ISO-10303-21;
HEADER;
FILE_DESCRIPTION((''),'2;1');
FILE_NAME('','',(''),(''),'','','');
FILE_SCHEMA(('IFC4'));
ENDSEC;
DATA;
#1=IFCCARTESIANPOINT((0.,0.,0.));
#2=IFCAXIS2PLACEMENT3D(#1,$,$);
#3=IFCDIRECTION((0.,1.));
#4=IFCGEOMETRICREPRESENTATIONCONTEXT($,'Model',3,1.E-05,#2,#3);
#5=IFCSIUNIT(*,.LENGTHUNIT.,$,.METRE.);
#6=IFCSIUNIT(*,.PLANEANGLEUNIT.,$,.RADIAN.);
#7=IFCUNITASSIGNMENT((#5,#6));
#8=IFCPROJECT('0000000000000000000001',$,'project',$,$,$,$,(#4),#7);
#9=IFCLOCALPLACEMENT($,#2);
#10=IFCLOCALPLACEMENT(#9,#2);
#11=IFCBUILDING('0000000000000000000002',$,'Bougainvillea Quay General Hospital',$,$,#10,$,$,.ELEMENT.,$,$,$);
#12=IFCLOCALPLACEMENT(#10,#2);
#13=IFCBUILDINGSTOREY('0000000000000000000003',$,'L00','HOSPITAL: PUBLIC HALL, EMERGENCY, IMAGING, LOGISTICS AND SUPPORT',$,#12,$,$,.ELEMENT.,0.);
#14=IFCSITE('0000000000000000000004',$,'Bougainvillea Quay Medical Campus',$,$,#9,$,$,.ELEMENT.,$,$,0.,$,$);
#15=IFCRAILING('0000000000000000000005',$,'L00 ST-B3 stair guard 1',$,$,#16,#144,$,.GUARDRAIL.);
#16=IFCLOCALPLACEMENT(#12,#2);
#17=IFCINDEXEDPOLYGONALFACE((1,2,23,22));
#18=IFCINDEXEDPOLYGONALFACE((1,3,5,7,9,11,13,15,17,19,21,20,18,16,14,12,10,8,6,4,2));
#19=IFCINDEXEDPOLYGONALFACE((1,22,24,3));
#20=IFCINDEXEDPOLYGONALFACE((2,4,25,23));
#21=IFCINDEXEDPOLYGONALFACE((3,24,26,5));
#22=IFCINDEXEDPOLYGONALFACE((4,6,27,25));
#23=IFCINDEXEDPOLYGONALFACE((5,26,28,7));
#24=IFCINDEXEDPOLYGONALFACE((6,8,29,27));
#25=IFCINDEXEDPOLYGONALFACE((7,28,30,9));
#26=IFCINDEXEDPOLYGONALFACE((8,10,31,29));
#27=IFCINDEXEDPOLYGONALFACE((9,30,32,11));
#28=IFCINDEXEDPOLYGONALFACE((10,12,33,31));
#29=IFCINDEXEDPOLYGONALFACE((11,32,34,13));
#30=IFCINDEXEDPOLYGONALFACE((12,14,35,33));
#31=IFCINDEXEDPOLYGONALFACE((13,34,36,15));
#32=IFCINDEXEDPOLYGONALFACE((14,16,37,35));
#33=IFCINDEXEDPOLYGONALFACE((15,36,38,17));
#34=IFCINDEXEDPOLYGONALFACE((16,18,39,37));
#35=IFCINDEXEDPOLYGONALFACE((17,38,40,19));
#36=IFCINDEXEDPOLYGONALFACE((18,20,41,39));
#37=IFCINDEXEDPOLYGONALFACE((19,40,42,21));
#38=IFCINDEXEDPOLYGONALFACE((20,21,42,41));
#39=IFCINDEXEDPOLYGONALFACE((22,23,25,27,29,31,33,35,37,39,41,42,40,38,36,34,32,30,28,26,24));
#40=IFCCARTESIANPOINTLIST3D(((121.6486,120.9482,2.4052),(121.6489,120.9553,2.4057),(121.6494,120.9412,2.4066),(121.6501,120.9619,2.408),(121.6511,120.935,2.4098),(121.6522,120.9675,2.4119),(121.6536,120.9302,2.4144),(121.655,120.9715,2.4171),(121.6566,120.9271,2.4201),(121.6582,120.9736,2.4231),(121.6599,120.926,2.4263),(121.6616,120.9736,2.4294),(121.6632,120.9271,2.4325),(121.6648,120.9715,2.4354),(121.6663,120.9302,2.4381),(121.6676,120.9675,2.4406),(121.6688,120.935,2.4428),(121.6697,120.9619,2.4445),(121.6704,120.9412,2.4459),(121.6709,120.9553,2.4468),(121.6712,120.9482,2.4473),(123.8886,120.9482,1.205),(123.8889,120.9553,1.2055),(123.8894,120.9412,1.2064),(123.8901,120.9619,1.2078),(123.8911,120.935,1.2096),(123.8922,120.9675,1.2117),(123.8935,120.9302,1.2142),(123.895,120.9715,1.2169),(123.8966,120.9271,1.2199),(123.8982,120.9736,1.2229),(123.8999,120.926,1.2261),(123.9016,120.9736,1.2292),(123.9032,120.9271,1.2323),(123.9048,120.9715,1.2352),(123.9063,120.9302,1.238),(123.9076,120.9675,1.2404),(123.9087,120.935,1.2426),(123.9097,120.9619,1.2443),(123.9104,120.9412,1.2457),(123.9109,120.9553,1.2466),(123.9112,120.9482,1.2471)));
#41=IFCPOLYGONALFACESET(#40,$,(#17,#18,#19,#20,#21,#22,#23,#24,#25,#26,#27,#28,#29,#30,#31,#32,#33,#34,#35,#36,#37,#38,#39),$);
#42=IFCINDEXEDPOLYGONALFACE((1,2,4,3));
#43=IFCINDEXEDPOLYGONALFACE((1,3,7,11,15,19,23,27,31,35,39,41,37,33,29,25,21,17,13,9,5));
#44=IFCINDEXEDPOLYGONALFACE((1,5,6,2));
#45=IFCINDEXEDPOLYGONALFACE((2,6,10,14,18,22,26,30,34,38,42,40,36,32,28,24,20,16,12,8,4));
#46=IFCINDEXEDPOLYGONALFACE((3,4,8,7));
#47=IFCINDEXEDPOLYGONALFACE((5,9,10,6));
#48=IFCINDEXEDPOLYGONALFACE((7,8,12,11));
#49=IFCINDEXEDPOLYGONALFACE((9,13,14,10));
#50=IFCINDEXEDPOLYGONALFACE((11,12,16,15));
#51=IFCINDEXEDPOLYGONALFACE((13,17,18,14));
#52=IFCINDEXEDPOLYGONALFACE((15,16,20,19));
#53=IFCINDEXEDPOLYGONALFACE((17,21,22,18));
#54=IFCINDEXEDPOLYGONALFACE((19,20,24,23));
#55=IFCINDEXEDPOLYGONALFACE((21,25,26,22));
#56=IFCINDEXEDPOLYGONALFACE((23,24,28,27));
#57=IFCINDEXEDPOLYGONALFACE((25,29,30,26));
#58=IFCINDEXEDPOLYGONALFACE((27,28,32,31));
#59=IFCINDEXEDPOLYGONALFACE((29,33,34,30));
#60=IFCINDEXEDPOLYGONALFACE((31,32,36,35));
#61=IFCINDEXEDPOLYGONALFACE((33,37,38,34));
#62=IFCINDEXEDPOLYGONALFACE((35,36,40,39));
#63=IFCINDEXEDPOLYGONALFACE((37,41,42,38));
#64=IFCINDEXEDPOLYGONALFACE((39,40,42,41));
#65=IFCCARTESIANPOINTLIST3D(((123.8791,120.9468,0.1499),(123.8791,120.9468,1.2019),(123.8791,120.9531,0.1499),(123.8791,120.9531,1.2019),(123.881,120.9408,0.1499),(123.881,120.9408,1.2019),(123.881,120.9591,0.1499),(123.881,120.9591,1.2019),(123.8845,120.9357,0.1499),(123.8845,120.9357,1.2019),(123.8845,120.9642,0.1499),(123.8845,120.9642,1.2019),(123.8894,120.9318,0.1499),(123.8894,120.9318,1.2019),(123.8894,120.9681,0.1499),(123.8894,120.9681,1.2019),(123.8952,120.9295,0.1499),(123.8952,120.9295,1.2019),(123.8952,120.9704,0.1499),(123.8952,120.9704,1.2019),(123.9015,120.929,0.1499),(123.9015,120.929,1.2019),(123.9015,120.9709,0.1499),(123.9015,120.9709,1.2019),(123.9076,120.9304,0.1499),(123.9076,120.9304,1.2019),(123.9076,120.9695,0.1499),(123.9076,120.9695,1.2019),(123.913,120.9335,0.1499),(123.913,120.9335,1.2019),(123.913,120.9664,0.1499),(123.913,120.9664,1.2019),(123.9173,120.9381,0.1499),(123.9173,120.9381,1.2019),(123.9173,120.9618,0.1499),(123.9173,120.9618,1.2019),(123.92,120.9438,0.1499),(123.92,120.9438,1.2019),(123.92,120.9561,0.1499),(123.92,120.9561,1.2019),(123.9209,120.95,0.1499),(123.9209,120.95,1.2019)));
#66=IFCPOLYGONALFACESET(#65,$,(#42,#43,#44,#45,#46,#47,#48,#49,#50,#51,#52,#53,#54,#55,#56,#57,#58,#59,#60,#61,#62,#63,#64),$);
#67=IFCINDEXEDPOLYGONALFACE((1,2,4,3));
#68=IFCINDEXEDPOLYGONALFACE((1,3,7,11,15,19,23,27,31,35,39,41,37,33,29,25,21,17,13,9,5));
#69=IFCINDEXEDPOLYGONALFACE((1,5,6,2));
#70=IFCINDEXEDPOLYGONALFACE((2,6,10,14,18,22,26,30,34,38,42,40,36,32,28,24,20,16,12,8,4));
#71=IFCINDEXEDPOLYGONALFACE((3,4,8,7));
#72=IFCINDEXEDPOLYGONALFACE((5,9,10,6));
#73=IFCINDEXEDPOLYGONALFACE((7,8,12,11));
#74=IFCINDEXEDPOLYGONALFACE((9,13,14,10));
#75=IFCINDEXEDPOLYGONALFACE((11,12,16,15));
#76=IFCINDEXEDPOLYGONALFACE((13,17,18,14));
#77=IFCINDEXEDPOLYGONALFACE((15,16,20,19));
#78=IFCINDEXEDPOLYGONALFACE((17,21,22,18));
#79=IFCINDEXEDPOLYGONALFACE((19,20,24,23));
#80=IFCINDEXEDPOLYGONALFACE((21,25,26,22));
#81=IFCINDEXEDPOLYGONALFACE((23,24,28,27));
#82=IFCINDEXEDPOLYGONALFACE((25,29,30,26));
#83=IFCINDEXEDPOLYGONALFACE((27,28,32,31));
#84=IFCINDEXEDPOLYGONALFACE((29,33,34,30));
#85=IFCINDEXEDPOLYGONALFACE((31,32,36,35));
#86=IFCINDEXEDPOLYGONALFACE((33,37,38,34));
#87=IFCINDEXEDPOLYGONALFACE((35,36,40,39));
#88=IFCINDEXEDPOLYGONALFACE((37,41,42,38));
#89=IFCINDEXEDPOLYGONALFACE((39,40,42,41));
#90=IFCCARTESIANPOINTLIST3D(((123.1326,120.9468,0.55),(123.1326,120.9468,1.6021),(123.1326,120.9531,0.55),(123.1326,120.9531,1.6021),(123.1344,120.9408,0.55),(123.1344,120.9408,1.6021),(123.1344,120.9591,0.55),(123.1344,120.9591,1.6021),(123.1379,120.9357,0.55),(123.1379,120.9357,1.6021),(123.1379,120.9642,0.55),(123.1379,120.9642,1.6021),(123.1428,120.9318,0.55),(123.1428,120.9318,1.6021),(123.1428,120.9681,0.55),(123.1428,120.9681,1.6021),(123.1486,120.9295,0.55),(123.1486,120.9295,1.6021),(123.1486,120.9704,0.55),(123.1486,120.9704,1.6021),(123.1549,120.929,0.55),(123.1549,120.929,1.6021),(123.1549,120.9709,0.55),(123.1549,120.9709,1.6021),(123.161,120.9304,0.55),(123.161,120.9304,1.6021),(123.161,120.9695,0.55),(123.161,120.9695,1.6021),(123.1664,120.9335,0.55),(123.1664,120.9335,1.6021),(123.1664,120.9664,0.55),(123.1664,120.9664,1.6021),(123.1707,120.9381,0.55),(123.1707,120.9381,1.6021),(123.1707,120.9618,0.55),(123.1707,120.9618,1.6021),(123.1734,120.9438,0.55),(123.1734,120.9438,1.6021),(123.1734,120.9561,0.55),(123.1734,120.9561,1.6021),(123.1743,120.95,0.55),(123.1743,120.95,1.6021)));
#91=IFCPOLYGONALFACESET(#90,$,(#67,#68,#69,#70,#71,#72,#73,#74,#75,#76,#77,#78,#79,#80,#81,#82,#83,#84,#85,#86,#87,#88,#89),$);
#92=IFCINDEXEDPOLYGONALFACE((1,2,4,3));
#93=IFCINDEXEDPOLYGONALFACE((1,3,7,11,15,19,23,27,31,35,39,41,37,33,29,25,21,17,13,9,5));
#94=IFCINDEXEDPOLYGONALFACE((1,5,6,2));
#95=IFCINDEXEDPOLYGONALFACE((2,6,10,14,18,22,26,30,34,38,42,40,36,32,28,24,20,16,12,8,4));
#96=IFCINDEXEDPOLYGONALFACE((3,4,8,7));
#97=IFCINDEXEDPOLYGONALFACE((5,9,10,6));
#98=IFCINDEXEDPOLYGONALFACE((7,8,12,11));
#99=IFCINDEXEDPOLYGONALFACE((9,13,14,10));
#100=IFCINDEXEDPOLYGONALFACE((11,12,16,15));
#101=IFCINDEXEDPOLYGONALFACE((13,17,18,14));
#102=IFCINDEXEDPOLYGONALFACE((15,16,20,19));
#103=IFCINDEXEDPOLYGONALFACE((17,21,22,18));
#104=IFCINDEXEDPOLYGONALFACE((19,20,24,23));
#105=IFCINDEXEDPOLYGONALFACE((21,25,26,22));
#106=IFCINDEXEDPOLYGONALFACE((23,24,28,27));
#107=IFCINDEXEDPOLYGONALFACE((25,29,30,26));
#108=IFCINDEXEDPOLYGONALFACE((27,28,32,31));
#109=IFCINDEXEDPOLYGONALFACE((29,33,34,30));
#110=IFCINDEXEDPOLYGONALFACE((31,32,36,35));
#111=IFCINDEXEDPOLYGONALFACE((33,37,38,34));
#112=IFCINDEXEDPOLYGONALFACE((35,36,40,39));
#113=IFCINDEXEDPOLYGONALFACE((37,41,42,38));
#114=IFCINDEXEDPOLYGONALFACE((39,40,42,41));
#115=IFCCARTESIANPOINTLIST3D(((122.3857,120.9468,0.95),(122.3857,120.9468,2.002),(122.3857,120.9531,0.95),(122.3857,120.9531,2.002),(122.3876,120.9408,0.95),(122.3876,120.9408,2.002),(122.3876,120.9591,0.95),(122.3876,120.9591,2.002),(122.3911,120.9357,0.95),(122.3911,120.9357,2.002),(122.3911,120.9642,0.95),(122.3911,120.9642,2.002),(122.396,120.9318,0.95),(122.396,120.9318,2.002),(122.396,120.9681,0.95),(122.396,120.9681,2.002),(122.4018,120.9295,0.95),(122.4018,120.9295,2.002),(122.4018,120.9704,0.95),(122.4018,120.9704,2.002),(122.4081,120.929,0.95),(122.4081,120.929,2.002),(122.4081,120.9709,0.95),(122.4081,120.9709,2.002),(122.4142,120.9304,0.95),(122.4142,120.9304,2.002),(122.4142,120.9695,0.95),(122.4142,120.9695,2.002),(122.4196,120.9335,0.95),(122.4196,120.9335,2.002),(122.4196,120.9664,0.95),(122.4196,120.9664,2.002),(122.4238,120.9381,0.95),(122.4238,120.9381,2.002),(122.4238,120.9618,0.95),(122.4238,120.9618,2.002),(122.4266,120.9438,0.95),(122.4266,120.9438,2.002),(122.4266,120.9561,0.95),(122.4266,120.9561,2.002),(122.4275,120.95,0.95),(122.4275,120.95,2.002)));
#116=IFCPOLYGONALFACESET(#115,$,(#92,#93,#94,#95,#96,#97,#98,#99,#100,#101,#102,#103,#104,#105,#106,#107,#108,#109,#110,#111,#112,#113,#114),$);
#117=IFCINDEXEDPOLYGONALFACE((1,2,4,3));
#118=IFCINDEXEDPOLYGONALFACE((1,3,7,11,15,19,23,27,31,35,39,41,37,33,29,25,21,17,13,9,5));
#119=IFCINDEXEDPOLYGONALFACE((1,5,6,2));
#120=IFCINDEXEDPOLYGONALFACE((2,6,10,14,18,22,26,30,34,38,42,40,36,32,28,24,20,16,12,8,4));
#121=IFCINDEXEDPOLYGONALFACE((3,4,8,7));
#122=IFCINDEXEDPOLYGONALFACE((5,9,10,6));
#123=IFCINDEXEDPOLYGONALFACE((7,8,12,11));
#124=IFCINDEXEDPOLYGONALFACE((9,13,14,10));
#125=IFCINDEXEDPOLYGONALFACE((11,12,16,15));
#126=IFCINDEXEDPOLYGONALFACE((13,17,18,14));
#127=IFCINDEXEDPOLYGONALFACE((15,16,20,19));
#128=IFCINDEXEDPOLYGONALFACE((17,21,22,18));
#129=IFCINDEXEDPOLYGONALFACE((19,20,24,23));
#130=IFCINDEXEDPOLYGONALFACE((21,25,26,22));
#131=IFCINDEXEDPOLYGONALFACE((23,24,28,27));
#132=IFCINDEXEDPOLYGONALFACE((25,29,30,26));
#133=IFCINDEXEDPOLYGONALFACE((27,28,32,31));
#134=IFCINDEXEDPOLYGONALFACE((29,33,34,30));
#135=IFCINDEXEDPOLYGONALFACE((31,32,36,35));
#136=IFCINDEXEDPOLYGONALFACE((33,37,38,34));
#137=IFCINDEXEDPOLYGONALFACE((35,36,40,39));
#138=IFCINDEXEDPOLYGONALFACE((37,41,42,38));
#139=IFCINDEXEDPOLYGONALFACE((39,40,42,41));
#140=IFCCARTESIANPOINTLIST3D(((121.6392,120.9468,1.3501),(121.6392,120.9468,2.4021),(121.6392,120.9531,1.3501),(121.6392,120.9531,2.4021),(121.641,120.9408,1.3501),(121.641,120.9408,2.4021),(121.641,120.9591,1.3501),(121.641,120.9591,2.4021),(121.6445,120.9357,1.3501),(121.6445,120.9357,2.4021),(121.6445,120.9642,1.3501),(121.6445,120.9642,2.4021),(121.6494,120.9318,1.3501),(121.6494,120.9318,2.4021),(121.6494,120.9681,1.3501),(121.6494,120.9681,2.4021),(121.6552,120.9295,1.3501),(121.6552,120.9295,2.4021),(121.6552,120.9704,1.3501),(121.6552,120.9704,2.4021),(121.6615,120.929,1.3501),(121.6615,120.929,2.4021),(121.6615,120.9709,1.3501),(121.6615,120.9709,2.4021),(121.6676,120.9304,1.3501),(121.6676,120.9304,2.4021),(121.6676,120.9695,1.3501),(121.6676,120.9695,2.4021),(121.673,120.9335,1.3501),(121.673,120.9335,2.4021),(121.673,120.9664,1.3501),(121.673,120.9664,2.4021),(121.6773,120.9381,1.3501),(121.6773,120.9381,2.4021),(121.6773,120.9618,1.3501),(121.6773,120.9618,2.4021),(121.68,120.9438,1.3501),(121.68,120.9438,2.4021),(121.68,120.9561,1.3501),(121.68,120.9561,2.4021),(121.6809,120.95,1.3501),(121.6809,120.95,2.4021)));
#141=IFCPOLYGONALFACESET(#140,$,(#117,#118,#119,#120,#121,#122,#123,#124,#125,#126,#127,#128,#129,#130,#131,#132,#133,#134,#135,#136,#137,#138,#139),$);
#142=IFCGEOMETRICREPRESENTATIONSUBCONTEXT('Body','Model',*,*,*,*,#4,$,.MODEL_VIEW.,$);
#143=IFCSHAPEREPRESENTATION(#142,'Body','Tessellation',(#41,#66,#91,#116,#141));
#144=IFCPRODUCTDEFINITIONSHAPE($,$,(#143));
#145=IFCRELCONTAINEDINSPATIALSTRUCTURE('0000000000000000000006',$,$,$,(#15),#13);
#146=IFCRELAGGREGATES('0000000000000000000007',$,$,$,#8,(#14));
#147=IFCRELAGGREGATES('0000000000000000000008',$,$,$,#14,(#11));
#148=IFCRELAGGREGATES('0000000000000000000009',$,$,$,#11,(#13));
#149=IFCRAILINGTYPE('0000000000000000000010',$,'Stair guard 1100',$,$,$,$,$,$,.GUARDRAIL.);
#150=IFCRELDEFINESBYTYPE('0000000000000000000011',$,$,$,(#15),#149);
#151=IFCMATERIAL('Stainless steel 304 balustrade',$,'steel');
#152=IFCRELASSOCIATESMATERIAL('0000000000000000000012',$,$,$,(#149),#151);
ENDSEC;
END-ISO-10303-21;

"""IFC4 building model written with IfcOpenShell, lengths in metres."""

from ifc_helpers import new_model, si_unit, direction, frame, origin, origin_2d, place, context, subcontext, project, spatial, circle, extrude, material, type_object, element, save


model = new_model("IFC4")

# Units and contexts
model_context = context("Model", 3, precision=1e-05, world=origin(), true_north=direction((0.0, 1.0)))
body_context = subcontext(model_context, "Body", "Model", "MODEL_VIEW")
ifc_project = project(units=[si_unit("LENGTHUNIT", "METRE"), si_unit("PLANEANGLEUNIT", "RADIAN")], contexts=[model_context])

# Site, building, storey
site_placement = place(None, origin())
site = spatial("IfcSite", under=ifc_project, at=site_placement, Name="Bougainvillea Quay Medical Campus", CompositionType="ELEMENT", RefElevation=0.0)
building_placement = place(site_placement, origin())
building = spatial("IfcBuilding", under=site, at=building_placement, Name="Bougainvillea Quay General Hospital", CompositionType="ELEMENT")
storey_placement = place(building_placement, origin())
storey = spatial("IfcBuildingStorey", under=building, at=storey_placement, Name="L00", Description="HOSPITAL: PUBLIC HALL, EMERGENCY, IMAGING, LOGISTICS AND SUPPORT", CompositionType="ELEMENT", Elevation=0.0)

# Railing
ifc_material_1 = material(Name="Stainless steel 304 balustrade", Category="steel")
railing_type_1 = type_object("IfcRailingType", Name="Stair guard 1100", PredefinedType="GUARDRAIL", material=ifc_material_1)
railing_1_placement = place(storey_placement, frame((123.8999, 120.95, 0.1499)))
element("IfcRailing", 1, at=railing_1_placement, inside=storey, type_object=railing_type_1, Name="L00 ST-B3 stair guard 1", PredefinedType="GUARDRAIL", context=body_context, shape_type="SweptSolid", body=[
    extrude(circle(Radius=0.0239, at=origin_2d()), frame((0.0, 0.0, 1.0762), z_axis=(-0.881447, 0.0, 0.472283), x_axis=(0.0, -1.0, 0.0)), (0.0, 0.0, 1.0), 2.5413),
    extrude(circle(Radius=0.021, at=origin_2d()), origin(), (0.0, 0.0, 1.0), 1.052),
    extrude(circle(Radius=0.021, at=origin_2d()), frame((-0.7466, 0.0, 0.4001)), (0.0, 0.0, 1.0), 1.052),
    extrude(circle(Radius=0.021, at=origin_2d()), frame((-1.4934, 0.0, 0.8)), (0.0, 0.0, 1.0), 1.052),
    extrude(circle(Radius=0.021, at=origin_2d()), frame((-2.24, 0.0, 1.2002)), (0.0, 0.0, 1.0), 1.052),
])

save(model, "model.ifc")
